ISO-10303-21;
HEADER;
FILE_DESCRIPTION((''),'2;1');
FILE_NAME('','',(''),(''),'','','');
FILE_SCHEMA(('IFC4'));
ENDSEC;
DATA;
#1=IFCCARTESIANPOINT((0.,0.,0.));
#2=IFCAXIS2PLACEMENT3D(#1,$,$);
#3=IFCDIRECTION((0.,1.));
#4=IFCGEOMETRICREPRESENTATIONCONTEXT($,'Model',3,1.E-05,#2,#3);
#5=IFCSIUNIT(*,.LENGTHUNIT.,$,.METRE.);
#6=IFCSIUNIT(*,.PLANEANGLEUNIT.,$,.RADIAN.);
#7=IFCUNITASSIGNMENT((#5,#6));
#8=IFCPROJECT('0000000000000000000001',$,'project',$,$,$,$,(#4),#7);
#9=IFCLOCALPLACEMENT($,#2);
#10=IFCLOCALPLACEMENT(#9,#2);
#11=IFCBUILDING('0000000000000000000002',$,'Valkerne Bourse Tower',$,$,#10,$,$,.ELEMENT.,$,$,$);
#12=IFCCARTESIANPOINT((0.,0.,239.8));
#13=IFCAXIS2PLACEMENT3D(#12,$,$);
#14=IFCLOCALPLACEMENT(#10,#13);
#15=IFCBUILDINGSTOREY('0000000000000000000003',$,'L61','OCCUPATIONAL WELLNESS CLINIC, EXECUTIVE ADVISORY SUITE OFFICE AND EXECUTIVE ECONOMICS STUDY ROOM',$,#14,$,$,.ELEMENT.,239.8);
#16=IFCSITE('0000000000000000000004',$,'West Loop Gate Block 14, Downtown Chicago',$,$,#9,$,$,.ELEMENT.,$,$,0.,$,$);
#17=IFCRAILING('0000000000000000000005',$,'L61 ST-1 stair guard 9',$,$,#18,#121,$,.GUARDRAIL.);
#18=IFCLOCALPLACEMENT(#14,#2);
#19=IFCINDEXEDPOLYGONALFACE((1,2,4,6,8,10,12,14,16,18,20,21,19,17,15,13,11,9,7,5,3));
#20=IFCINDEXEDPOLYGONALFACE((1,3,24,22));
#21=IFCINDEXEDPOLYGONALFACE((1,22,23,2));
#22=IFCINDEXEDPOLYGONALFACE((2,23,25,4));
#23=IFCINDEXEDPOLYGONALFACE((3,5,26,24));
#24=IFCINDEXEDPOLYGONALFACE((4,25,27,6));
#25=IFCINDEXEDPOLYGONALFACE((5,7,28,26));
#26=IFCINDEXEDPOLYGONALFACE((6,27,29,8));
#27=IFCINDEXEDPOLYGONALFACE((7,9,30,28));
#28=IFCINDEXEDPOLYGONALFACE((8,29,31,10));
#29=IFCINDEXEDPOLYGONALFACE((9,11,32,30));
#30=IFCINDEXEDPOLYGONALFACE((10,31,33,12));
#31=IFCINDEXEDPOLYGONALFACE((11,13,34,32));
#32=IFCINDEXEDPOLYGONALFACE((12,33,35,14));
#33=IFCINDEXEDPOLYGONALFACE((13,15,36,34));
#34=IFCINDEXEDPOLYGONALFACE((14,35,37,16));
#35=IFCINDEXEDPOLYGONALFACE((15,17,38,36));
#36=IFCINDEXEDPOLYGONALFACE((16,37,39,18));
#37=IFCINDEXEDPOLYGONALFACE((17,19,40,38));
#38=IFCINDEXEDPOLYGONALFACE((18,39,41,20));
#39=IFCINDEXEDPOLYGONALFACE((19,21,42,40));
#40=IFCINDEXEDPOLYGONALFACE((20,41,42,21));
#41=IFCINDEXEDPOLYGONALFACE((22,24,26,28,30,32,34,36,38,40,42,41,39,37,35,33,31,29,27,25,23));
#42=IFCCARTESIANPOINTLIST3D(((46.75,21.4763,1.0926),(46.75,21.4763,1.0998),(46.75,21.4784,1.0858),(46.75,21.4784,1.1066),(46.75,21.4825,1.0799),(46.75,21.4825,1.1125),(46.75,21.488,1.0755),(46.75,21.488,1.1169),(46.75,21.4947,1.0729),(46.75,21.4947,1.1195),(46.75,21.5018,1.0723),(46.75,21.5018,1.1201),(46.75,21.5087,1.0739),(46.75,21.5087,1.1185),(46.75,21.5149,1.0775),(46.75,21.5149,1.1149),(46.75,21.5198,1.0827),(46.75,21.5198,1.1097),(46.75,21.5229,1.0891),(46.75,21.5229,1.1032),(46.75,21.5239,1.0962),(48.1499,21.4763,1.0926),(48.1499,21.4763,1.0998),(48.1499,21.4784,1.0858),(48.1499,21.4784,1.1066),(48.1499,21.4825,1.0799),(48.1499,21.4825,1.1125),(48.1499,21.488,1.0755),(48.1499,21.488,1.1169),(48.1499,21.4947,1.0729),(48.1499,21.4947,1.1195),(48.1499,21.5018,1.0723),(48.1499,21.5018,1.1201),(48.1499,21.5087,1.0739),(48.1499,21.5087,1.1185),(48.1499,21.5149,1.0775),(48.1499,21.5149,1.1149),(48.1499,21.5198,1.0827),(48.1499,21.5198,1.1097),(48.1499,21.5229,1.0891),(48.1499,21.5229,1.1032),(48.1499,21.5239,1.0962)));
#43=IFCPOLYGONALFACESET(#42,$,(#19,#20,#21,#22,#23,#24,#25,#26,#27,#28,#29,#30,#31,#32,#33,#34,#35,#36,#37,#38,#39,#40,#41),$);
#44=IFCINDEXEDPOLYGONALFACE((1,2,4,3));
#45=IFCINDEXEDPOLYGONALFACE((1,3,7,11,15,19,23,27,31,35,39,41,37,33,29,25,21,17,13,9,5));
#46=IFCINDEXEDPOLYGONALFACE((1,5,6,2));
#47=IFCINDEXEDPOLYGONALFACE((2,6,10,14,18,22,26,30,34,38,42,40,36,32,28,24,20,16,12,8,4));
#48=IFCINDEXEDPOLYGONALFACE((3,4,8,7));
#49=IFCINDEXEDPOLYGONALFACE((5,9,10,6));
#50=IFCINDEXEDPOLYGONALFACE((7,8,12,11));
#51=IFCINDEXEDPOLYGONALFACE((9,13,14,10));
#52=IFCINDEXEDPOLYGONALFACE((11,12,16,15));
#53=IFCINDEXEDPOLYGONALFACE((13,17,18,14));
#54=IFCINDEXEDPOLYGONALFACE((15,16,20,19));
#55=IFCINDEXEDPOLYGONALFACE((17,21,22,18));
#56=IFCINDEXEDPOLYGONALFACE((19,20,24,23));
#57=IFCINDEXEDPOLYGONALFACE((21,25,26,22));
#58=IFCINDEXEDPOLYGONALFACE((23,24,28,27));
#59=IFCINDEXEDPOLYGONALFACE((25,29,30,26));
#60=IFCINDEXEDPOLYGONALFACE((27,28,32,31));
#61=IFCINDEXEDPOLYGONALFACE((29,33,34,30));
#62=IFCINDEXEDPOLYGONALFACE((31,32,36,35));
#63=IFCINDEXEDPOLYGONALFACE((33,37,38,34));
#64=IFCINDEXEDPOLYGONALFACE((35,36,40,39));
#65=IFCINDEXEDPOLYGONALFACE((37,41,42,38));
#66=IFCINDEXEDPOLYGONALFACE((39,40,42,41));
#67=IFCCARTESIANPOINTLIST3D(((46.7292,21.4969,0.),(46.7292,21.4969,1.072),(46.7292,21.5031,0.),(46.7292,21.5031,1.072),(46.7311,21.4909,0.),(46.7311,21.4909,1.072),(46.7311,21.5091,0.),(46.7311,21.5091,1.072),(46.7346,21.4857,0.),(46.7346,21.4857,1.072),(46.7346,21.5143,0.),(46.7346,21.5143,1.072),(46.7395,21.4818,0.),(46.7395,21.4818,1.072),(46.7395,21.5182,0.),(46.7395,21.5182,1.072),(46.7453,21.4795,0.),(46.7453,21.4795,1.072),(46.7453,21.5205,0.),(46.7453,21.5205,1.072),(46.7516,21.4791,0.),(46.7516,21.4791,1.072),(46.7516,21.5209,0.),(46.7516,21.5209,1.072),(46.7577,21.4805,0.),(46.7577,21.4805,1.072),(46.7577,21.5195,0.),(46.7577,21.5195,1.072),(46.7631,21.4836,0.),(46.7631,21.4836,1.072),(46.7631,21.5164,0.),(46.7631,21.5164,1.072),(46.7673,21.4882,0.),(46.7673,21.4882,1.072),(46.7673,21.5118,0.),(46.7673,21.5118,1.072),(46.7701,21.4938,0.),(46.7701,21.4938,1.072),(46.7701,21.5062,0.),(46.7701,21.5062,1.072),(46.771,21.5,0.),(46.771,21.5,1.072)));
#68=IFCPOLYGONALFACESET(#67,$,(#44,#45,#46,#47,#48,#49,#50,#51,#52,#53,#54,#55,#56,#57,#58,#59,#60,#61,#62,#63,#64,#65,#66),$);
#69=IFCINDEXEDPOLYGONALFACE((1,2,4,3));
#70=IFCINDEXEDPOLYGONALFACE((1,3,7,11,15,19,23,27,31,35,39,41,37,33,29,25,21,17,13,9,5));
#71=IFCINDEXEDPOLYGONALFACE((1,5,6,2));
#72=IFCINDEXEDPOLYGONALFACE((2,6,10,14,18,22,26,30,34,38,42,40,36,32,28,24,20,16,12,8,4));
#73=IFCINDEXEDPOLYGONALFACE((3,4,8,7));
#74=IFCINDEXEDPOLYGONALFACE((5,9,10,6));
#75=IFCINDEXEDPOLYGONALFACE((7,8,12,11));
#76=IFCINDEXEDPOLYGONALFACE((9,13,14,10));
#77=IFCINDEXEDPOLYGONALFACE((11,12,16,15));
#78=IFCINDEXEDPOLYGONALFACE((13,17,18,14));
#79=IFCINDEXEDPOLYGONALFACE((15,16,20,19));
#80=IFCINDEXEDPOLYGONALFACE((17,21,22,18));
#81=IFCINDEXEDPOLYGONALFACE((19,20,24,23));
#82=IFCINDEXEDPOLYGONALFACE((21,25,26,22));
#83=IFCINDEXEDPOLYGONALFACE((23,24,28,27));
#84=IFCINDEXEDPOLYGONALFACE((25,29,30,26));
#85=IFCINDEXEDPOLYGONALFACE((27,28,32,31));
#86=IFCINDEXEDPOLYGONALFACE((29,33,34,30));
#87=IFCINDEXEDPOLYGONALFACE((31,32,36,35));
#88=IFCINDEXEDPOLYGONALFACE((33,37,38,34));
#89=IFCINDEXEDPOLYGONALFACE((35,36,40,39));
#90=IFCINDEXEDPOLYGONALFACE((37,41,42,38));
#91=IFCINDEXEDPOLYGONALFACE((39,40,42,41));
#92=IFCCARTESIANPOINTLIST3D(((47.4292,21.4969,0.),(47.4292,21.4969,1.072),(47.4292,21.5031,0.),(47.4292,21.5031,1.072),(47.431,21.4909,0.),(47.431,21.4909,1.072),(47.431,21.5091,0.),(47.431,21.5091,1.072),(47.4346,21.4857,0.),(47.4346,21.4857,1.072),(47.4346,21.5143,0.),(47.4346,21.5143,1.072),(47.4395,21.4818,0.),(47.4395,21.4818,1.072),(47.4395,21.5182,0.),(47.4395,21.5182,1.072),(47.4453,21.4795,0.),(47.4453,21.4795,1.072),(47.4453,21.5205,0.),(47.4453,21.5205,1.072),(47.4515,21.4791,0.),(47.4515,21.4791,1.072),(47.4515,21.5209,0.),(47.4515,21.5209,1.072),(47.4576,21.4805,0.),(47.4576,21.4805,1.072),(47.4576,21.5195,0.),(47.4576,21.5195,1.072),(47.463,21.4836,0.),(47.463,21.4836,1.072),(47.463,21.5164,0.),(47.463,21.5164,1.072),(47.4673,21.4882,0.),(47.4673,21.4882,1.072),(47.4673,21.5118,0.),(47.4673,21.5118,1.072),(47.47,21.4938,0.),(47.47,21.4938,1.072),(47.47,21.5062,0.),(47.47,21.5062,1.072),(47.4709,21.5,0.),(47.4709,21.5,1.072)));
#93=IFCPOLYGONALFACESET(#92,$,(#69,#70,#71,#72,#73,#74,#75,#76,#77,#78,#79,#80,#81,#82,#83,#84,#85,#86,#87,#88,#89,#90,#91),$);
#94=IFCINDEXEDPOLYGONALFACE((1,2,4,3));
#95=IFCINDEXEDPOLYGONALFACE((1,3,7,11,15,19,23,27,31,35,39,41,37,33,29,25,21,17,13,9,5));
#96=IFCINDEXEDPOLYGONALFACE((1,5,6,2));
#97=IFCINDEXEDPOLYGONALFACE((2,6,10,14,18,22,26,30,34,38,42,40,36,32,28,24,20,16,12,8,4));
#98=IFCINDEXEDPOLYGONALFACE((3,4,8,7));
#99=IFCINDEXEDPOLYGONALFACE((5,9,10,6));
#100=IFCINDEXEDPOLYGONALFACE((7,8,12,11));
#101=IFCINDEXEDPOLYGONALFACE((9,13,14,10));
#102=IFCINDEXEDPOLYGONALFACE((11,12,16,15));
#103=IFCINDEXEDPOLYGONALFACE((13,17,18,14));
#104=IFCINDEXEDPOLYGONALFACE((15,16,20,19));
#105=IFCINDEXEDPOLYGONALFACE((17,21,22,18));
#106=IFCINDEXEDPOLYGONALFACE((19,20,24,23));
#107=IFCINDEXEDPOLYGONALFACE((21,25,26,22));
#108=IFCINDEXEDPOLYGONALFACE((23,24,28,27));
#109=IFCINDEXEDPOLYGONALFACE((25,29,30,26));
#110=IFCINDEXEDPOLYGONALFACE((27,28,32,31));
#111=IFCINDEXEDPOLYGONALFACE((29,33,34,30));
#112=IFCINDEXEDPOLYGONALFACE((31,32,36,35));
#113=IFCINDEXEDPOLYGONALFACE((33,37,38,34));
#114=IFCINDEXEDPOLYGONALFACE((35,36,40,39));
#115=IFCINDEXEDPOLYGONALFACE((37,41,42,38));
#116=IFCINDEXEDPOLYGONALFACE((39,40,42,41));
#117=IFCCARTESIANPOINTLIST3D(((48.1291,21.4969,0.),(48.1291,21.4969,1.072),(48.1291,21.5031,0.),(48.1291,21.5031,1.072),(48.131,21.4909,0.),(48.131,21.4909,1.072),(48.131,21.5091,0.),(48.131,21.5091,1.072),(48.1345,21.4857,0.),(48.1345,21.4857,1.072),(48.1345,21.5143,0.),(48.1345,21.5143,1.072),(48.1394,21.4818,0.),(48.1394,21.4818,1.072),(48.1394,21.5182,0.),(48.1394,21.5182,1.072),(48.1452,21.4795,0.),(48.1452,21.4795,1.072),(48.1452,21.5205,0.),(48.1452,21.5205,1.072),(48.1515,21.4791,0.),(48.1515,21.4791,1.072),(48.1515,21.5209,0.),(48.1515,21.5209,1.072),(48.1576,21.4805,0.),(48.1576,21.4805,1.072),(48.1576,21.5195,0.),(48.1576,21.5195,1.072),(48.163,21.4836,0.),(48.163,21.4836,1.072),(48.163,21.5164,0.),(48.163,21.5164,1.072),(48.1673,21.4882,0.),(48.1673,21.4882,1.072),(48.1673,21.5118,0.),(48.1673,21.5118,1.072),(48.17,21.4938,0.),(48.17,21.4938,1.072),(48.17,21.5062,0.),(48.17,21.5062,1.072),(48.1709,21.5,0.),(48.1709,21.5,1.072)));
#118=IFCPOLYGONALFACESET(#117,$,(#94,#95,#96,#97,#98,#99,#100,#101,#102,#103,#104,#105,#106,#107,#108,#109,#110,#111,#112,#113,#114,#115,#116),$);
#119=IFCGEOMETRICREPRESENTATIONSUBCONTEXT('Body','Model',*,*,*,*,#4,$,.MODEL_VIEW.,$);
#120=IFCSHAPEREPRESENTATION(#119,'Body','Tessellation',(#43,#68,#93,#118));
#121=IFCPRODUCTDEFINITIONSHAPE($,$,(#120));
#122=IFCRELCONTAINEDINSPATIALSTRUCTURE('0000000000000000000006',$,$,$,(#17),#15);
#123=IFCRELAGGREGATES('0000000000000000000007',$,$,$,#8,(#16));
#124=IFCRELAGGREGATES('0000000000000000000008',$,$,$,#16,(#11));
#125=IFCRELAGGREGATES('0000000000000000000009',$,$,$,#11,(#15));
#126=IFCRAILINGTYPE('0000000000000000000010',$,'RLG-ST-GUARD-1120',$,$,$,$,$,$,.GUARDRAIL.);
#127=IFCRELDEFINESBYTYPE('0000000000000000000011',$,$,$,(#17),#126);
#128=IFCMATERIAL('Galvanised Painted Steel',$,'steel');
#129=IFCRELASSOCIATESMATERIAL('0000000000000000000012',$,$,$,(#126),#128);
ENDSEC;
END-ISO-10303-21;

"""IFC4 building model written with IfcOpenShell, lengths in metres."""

from ifc_helpers import new_model, si_unit, direction, frame, origin, origin_2d, place, context, subcontext, project, spatial, circle, extrude, material, type_object, element, save


model = new_model("IFC4")

# Units and contexts
model_context = context("Model", 3, precision=1e-05, world=origin(), true_north=direction((0.0, 1.0)))
body_context = subcontext(model_context, "Body", "Model", "MODEL_VIEW")
ifc_project = project(units=[si_unit("LENGTHUNIT", "METRE"), si_unit("PLANEANGLEUNIT", "RADIAN")], contexts=[model_context])

# Site, building, storey
site_placement = place(None, origin())
site = spatial("IfcSite", under=ifc_project, at=site_placement, Name="West Loop Gate Block 14, Downtown Chicago", CompositionType="ELEMENT", RefElevation=0.0)
building_placement = place(site_placement, origin())
building = spatial("IfcBuilding", under=site, at=building_placement, Name="Valkerne Bourse Tower", CompositionType="ELEMENT")
storey_placement = place(building_placement, frame((0.0, 0.0, 239.8)))
storey = spatial("IfcBuildingStorey", under=building, at=storey_placement, Name="L61", Description="OCCUPATIONAL WELLNESS CLINIC, EXECUTIVE ADVISORY SUITE OFFICE AND EXECUTIVE ECONOMICS STUDY ROOM", CompositionType="ELEMENT", Elevation=239.8)

# Shared definitions
ifc_material_1 = material(Name="Galvanised Painted Steel", Category="steel")

# Railing
railing_type_1 = type_object("IfcRailingType", Name="RLG-ST-GUARD-1120", PredefinedType="GUARDRAIL", material=ifc_material_1)
for number, where, name in (
    (1, (46.75, 21.5, 0.0), "L61 ST-1 stair guard 9"),
):
    element("IfcRailing", number, at=place(storey_placement, frame(where)), inside=storey, type_object=railing_type_1, Name=name, PredefinedType="GUARDRAIL", context=body_context, shape_type="SweptSolid", body=[
        extrude(circle(Radius=0.0239, at=origin_2d()), frame((0.0, 0.0, 1.0962), z_axis=(1.0, 0.0, 0.0), x_axis=(0.0, 1.0, 0.0)), (0.0, 0.0, 1.0), 1.3999),
        extrude(circle(Radius=0.021, at=origin_2d()), origin(), (0.0, 0.0, 1.0), 1.072),
        extrude(circle(Radius=0.021, at=origin_2d()), frame((0.7, 0.0, 0.0)), (0.0, 0.0, 1.0), 1.072),
        extrude(circle(Radius=0.021, at=origin_2d()), frame((1.3999, 0.0, 0.0)), (0.0, 0.0, 1.0), 1.072),
    ])

save(model, "model.ifc")
